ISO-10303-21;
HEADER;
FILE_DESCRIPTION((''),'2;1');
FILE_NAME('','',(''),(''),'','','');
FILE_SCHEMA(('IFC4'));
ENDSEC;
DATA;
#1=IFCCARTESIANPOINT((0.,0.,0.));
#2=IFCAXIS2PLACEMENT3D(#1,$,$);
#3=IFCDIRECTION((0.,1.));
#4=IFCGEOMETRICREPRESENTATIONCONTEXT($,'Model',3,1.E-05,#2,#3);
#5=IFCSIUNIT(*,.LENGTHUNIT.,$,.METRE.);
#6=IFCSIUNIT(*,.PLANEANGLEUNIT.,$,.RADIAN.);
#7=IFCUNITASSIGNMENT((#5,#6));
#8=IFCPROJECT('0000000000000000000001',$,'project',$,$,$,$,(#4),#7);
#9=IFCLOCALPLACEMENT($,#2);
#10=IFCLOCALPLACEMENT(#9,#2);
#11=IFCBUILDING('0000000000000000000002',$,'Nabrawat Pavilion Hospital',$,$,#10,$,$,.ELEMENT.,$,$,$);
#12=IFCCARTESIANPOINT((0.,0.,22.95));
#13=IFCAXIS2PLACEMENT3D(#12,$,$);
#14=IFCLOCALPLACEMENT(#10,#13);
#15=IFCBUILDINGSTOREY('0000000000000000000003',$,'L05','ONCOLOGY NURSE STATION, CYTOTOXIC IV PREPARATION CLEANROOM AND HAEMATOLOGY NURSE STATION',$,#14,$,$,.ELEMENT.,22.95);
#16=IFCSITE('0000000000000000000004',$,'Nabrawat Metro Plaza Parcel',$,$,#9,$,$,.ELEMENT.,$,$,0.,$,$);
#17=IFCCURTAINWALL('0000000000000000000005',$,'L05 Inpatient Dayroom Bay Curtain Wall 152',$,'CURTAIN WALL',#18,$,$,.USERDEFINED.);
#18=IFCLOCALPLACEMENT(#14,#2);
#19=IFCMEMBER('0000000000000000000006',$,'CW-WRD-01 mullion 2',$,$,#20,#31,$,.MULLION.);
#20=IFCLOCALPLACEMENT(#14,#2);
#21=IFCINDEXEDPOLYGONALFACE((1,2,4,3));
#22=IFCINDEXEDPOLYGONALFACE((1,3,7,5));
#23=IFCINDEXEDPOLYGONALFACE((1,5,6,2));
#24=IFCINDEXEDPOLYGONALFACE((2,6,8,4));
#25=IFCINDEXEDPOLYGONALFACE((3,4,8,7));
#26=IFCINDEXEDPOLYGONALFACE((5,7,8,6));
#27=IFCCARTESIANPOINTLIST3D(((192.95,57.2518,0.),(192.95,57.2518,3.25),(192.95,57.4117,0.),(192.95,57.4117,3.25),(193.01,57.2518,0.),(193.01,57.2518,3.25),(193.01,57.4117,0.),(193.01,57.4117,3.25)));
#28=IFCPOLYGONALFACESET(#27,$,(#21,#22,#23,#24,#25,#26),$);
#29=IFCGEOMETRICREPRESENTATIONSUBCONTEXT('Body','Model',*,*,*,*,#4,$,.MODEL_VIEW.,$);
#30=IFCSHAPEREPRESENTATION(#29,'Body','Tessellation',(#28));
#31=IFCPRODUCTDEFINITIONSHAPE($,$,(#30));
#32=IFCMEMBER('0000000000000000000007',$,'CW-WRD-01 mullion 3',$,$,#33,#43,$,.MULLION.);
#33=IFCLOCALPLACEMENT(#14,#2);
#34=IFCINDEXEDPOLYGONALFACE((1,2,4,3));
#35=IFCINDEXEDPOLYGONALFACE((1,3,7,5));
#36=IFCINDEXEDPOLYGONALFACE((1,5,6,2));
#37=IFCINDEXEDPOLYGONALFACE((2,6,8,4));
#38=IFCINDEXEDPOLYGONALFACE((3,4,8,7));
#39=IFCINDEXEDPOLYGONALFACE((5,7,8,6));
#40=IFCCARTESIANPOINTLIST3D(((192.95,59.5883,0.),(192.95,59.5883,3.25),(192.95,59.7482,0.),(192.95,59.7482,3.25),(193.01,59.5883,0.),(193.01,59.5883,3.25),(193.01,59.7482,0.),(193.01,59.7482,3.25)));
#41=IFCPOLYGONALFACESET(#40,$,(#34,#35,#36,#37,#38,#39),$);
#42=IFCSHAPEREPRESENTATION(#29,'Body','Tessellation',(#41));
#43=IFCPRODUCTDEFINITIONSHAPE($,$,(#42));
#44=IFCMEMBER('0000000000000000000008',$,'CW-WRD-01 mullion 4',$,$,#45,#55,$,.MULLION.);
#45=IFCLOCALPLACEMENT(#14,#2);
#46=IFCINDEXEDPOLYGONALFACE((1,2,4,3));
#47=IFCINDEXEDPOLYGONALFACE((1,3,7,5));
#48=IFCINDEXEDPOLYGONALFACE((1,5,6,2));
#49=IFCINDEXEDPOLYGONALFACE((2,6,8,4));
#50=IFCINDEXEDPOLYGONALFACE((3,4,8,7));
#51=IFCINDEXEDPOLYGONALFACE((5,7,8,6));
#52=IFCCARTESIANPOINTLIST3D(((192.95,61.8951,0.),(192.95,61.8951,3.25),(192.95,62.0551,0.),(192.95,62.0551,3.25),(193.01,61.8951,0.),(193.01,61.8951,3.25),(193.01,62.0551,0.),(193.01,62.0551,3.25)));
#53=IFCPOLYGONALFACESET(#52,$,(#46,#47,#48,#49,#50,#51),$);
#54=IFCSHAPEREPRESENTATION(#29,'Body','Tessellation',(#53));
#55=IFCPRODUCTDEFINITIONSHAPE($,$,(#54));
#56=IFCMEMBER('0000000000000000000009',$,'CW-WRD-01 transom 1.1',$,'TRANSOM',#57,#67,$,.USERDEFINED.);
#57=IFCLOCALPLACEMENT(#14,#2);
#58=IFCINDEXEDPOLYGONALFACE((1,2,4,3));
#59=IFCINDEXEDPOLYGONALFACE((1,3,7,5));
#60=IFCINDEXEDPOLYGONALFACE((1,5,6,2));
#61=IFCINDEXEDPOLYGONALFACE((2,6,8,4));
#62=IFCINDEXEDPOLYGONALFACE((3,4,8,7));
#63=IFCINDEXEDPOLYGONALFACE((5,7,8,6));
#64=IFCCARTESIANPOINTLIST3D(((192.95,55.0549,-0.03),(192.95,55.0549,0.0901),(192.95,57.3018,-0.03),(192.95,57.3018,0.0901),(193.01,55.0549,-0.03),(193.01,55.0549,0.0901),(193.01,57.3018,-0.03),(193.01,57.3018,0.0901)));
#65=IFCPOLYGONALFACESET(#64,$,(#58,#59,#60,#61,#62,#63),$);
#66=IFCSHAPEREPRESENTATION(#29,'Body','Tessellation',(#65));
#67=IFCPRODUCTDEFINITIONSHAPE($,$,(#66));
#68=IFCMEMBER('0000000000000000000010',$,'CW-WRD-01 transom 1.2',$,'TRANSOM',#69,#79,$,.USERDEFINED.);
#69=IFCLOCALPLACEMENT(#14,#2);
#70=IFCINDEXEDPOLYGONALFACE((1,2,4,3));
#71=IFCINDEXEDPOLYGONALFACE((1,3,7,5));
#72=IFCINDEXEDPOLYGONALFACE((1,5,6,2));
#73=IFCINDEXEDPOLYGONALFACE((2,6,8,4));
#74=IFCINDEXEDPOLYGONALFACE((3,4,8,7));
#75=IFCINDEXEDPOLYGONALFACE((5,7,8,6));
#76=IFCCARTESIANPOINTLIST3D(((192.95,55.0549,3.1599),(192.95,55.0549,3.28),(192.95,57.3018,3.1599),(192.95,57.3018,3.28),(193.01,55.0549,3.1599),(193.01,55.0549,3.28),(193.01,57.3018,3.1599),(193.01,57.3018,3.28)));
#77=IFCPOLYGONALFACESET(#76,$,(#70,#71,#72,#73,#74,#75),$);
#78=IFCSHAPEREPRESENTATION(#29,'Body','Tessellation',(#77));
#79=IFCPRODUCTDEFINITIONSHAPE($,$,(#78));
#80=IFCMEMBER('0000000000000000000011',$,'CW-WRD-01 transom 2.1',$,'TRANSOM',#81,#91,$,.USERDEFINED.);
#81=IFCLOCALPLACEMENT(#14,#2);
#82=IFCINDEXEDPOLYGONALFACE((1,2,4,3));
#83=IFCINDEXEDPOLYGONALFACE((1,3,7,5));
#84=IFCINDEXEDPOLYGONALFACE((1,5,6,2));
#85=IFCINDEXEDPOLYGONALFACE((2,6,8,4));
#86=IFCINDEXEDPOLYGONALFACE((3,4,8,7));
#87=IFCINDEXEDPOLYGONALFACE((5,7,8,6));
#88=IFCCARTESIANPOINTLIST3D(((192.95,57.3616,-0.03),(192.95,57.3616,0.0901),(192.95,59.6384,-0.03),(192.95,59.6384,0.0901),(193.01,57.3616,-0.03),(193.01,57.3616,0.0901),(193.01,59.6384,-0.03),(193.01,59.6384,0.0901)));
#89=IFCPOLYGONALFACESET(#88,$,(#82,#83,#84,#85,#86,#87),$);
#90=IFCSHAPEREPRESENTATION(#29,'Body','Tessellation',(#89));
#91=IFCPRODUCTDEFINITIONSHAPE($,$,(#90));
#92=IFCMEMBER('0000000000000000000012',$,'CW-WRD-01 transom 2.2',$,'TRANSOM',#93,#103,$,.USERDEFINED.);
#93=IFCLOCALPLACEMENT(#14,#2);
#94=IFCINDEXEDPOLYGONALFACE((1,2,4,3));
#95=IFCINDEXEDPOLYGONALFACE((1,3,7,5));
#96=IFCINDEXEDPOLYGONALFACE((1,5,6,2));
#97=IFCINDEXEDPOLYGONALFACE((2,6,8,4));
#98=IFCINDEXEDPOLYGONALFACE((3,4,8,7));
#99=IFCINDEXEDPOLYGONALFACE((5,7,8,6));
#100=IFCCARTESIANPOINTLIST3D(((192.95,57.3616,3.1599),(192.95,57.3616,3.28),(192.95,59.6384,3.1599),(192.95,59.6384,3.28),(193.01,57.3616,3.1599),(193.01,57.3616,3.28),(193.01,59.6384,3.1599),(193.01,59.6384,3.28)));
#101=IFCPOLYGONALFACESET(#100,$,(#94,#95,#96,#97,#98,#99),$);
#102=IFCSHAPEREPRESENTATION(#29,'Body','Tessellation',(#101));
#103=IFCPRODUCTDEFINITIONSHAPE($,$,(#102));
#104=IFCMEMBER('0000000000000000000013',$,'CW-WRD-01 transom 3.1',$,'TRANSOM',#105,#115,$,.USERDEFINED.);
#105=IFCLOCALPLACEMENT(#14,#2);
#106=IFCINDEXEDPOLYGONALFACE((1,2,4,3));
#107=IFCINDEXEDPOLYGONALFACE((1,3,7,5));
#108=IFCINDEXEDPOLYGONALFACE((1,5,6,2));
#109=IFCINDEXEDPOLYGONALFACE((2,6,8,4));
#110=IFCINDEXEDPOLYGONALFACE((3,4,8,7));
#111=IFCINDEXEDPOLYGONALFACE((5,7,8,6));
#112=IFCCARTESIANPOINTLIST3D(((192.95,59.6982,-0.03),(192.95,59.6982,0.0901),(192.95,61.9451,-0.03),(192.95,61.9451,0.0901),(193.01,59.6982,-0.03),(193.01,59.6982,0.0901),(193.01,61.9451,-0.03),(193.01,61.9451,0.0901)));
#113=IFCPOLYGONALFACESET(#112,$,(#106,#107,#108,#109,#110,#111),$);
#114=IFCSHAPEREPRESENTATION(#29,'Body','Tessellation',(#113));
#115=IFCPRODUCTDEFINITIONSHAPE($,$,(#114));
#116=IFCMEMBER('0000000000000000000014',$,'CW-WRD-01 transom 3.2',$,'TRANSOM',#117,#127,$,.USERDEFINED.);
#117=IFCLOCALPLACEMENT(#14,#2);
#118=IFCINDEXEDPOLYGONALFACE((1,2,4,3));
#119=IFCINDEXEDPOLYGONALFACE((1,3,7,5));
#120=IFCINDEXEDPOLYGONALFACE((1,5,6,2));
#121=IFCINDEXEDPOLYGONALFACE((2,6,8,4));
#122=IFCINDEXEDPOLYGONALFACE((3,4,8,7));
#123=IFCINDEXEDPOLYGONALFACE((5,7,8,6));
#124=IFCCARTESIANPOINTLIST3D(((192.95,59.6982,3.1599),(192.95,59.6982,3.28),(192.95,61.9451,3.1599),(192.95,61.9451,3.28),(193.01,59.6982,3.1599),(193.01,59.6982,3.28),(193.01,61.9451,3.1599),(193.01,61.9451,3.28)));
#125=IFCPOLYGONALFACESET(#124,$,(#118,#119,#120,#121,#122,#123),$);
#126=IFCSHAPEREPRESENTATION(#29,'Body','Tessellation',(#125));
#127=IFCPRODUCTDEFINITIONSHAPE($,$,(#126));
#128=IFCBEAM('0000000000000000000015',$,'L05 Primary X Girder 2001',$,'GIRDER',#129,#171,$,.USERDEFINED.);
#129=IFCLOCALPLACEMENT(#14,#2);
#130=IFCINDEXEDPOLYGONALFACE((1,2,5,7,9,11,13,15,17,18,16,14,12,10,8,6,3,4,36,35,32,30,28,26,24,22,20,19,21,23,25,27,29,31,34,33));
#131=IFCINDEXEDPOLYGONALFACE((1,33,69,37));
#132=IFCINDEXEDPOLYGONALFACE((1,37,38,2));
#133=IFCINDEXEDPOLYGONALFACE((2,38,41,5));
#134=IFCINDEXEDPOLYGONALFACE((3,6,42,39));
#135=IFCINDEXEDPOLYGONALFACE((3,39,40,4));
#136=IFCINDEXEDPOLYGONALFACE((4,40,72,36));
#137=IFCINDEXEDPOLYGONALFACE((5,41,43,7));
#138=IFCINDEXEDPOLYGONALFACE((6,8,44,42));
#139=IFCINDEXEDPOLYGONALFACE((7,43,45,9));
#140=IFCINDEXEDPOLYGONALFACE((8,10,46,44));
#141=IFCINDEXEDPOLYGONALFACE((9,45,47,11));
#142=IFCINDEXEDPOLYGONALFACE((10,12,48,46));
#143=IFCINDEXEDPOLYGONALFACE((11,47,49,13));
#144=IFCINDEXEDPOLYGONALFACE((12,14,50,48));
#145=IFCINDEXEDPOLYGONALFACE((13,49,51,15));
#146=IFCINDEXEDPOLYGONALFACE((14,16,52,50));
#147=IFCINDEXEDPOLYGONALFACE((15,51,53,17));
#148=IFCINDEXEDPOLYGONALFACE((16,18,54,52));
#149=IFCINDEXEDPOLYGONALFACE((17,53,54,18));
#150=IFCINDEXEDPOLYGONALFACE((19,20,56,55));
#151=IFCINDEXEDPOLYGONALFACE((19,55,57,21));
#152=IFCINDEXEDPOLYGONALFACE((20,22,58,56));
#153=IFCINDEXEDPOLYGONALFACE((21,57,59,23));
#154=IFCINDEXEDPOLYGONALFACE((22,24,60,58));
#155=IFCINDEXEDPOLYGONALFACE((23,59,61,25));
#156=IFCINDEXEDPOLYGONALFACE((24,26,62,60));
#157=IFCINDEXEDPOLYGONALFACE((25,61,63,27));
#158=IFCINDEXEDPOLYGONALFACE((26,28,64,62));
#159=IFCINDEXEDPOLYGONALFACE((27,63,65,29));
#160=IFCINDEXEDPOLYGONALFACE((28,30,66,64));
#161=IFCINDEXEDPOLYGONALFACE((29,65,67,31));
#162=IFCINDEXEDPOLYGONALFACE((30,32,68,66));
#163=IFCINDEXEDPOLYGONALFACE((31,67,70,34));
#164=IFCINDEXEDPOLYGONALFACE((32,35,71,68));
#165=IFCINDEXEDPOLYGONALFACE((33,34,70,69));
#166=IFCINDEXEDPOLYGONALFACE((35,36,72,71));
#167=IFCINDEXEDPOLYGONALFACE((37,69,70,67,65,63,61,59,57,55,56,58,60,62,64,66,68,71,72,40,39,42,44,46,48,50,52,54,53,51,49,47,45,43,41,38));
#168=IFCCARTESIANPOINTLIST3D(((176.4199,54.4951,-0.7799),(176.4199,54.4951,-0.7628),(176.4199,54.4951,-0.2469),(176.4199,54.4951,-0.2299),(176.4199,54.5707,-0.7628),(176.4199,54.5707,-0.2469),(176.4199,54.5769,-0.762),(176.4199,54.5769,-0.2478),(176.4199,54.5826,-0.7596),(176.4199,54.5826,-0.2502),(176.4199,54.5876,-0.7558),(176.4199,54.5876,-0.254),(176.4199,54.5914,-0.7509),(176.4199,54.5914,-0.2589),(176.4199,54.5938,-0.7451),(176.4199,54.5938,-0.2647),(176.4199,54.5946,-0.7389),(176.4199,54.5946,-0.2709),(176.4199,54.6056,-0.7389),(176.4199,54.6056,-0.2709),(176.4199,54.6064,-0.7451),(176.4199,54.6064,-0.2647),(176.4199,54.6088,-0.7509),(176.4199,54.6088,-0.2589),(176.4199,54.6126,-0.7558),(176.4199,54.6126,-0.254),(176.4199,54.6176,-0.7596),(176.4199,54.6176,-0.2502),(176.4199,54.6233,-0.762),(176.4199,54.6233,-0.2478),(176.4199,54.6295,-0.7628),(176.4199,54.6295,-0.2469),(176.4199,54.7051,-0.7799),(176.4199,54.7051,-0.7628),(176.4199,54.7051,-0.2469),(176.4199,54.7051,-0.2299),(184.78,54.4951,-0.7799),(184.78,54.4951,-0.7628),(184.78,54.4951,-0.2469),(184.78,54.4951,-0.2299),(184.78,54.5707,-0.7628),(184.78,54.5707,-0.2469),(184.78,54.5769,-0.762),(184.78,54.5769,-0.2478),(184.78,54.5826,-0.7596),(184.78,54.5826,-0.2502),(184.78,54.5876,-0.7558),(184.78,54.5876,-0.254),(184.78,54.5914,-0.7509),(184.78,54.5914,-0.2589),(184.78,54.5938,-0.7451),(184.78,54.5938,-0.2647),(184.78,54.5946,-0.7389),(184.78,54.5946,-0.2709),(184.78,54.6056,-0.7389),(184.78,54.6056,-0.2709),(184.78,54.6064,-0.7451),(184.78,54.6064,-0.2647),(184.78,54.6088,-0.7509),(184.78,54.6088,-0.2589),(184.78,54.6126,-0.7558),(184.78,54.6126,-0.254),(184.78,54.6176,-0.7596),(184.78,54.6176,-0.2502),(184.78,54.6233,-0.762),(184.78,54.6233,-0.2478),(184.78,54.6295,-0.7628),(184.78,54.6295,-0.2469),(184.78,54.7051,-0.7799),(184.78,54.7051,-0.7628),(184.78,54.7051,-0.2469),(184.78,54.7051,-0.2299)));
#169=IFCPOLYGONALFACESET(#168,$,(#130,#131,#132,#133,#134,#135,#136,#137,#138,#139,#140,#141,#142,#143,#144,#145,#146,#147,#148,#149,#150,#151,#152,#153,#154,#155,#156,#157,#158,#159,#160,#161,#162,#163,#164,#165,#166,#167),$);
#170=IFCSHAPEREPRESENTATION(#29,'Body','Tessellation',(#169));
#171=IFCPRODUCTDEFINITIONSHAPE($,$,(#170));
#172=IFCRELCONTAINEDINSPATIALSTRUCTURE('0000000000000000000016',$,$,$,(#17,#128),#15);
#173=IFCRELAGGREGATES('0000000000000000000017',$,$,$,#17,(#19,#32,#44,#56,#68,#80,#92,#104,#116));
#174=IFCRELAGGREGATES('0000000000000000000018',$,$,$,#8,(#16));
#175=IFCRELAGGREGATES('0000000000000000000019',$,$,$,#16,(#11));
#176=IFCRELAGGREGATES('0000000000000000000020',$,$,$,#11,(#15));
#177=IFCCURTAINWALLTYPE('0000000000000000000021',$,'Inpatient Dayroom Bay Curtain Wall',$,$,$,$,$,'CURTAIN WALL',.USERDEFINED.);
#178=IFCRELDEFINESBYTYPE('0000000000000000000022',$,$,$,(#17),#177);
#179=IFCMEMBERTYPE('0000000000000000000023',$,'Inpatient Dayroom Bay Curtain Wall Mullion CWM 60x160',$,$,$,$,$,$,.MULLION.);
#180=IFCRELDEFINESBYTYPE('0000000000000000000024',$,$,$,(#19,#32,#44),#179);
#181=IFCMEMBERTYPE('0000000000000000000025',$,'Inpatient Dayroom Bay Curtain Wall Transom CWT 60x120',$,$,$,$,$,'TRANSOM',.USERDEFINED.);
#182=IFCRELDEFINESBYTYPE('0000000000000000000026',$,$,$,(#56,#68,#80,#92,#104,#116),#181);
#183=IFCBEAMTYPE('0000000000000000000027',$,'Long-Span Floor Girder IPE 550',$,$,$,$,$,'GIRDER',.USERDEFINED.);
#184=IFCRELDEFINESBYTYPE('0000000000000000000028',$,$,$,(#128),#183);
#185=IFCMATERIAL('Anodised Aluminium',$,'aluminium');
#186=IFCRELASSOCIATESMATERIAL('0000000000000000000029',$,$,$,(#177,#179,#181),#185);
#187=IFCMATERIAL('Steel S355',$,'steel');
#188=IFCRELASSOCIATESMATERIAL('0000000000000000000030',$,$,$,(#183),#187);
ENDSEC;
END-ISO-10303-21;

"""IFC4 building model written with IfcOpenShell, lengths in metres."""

from ifc_helpers import new_model, si_unit, direction, frame, origin, origin_2d, place, context, subcontext, project, spatial, rectangle, i_section, extrude, material, material_profile, profile_set, type_object, element, aggregate, save


model = new_model("IFC4")

# Units and contexts
model_context = context("Model", 3, precision=1e-05, world=origin(), true_north=direction((0.0, 1.0)))
body_context = subcontext(model_context, "Body", "Model", "MODEL_VIEW")
ifc_project = project(units=[si_unit("LENGTHUNIT", "METRE"), si_unit("PLANEANGLEUNIT", "RADIAN")], contexts=[model_context])

# Site, building, storey
site_placement = place(None, origin())
site = spatial("IfcSite", under=ifc_project, at=site_placement, Name="Nabrawat Metro Plaza Parcel", CompositionType="ELEMENT", RefElevation=0.0)
building_placement = place(site_placement, origin())
building = spatial("IfcBuilding", under=site, at=building_placement, Name="Nabrawat Pavilion Hospital", CompositionType="ELEMENT")
storey_placement = place(building_placement, frame((0.0, 0.0, 22.95)))
storey = spatial("IfcBuildingStorey", under=building, at=storey_placement, Name="L05", Description="ONCOLOGY NURSE STATION, CYTOTOXIC IV PREPARATION CLEANROOM AND HAEMATOLOGY NURSE STATION", CompositionType="ELEMENT", Elevation=22.95)

# Shared definitions
ifc_material_1 = material(Name="Steel S355", Category="steel")

# Curtain wall, members
ifc_material_2 = material(Name="Anodised Aluminium", Category="aluminium")
curtain_wall_type = type_object("IfcCurtainWallType", Name="Inpatient Dayroom Bay Curtain Wall", ElementType="CURTAIN WALL", PredefinedType="USERDEFINED", material=ifc_material_2)
curtain_wall_placement = place(storey_placement, origin())
curtain_wall = element("IfcCurtainWall", 1, at=curtain_wall_placement, inside=storey, type_object=curtain_wall_type, Name="L05 Inpatient Dayroom Bay Curtain Wall 152", ObjectType="CURTAIN WALL", PredefinedType="USERDEFINED")
ifc_material_profile_1 = material_profile(ifc_material_2, rectangle(XDim=0.0601, YDim=0.1599, at=origin_2d()), Name="CWM 60x160")
ifc_profile_set_1 = profile_set([ifc_material_profile_1], Name="Anodised Aluminium")
member_type_1 = type_object("IfcMemberType", Name="Inpatient Dayroom Bay Curtain Wall Mullion CWM 60x160", PredefinedType="MULLION", material=ifc_profile_set_1)
member_1_placement = place(storey_placement, frame((192.98, 57.3318, 0.0), z_axis=(0.0, 0.0, 1.0), x_axis=(-1.0, 0.0, 0.0)))
member_1 = element("IfcMember", 2, at=member_1_placement, type_object=member_type_1, Name="CW-WRD-01 mullion 2", PredefinedType="MULLION", context=body_context, shape_type="SweptSolid", body=[
    extrude(rectangle(XDim=0.0601, YDim=0.1599, at=origin_2d()), origin(), (0.0, 0.0, 1.0), 3.25),
])
member_2_placement = place(storey_placement, frame((192.98, 59.6682, 0.0), z_axis=(0.0, 0.0, 1.0), x_axis=(-1.0, 0.0, 0.0)))
member_2 = element("IfcMember", 3, at=member_2_placement, type_object=member_type_1, Name="CW-WRD-01 mullion 3", PredefinedType="MULLION", context=body_context, shape_type="SweptSolid", body=[
    extrude(rectangle(XDim=0.0601, YDim=0.1599, at=origin_2d()), origin(), (0.0, 0.0, 1.0), 3.25),
])
member_3_placement = place(storey_placement, frame((192.98, 61.9751, 0.0), z_axis=(0.0, 0.0, 1.0), x_axis=(-1.0, 0.0, 0.0)))
member_3 = element("IfcMember", 4, at=member_3_placement, type_object=member_type_1, Name="CW-WRD-01 mullion 4", PredefinedType="MULLION", context=body_context, shape_type="SweptSolid", body=[
    extrude(rectangle(XDim=0.0601, YDim=0.1599, at=origin_2d()), origin(), (0.0, 0.0, 1.0), 3.25),
])
ifc_material_profile_2 = material_profile(ifc_material_2, rectangle(XDim=0.0601, YDim=0.1201, at=origin_2d()), Name="CWT 60x120")
ifc_profile_set_2 = profile_set([ifc_material_profile_2], Name="Anodised Aluminium")
member_type_2 = type_object("IfcMemberType", Name="Inpatient Dayroom Bay Curtain Wall Transom CWT 60x120", ElementType="TRANSOM", PredefinedType="USERDEFINED", material=ifc_profile_set_2)
member_4_placement = place(storey_placement, frame((192.98, 55.0549, 0.03), z_axis=(0.0, 1.0, 0.0), x_axis=(-1.0, 0.0, 0.0)))
member_4 = element("IfcMember", 5, at=member_4_placement, type_object=member_type_2, Name="CW-WRD-01 transom 1.1", ObjectType="TRANSOM", PredefinedType="USERDEFINED", context=body_context, shape_type="SweptSolid", body=[
    extrude(rectangle(XDim=0.0601, YDim=0.1201, at=origin_2d()), origin(), (0.0, 0.0, 1.0), 2.2468),
])
member_5_placement = place(storey_placement, frame((192.98, 55.0549, 3.22), z_axis=(0.0, 1.0, 0.0), x_axis=(-1.0, 0.0, 0.0)))
member_5 = element("IfcMember", 6, at=member_5_placement, type_object=member_type_2, Name="CW-WRD-01 transom 1.2", ObjectType="TRANSOM", PredefinedType="USERDEFINED", context=body_context, shape_type="SweptSolid", body=[
    extrude(rectangle(XDim=0.0601, YDim=0.1201, at=origin_2d()), origin(), (0.0, 0.0, 1.0), 2.2468),
])
member_6_placement = place(storey_placement, frame((192.98, 57.3616, 0.03), z_axis=(0.0, 1.0, 0.0), x_axis=(-1.0, 0.0, 0.0)))
member_6 = element("IfcMember", 7, at=member_6_placement, type_object=member_type_2, Name="CW-WRD-01 transom 2.1", ObjectType="TRANSOM", PredefinedType="USERDEFINED", context=body_context, shape_type="SweptSolid", body=[
    extrude(rectangle(XDim=0.0601, YDim=0.1201, at=origin_2d()), origin(), (0.0, 0.0, 1.0), 2.2769),
])
member_7_placement = place(storey_placement, frame((192.98, 57.3616, 3.22), z_axis=(0.0, 1.0, 0.0), x_axis=(-1.0, 0.0, 0.0)))
member_7 = element("IfcMember", 8, at=member_7_placement, type_object=member_type_2, Name="CW-WRD-01 transom 2.2", ObjectType="TRANSOM", PredefinedType="USERDEFINED", context=body_context, shape_type="SweptSolid", body=[
    extrude(rectangle(XDim=0.0601, YDim=0.1201, at=origin_2d()), origin(), (0.0, 0.0, 1.0), 2.2769),
])
member_8_placement = place(storey_placement, frame((192.98, 59.6982, 0.03), z_axis=(0.0, 1.0, 0.0), x_axis=(-1.0, 0.0, 0.0)))
member_8 = element("IfcMember", 9, at=member_8_placement, type_object=member_type_2, Name="CW-WRD-01 transom 3.1", ObjectType="TRANSOM", PredefinedType="USERDEFINED", context=body_context, shape_type="SweptSolid", body=[
    extrude(rectangle(XDim=0.0601, YDim=0.1201, at=origin_2d()), origin(), (0.0, 0.0, 1.0), 2.2468),
])
member_9_placement = place(storey_placement, frame((192.98, 59.6982, 3.22), z_axis=(0.0, 1.0, 0.0), x_axis=(-1.0, 0.0, 0.0)))
member_9 = element("IfcMember", 10, at=member_9_placement, type_object=member_type_2, Name="CW-WRD-01 transom 3.2", ObjectType="TRANSOM", PredefinedType="USERDEFINED", context=body_context, shape_type="SweptSolid", body=[
    extrude(rectangle(XDim=0.0601, YDim=0.1201, at=origin_2d()), origin(), (0.0, 0.0, 1.0), 2.2468),
])

# Beam
ifc_material_profile_3 = material_profile(ifc_material_1, i_section(OverallWidth=0.21, OverallDepth=0.55, WebThickness=0.011, FlangeThickness=0.0171, FilletRadius=0.0239, at=origin_2d()), Name="IPE 550")
ifc_profile_set_3 = profile_set([ifc_material_profile_3], Name="Steel S355")
beam_type_1 = type_object("IfcBeamType", Name="Long-Span Floor Girder IPE 550", ElementType="GIRDER", PredefinedType="USERDEFINED", material=ifc_profile_set_3)
beam_1_placement = place(storey_placement, frame((176.4199, 54.6001, -0.5049), z_axis=(1.0, 0.0, 0.0), x_axis=(0.0, 1.0, 0.0)))
element("IfcBeam", 11, at=beam_1_placement, inside=storey, type_object=beam_type_1, Name="L05 Primary X Girder 2001", ObjectType="GIRDER", PredefinedType="USERDEFINED", context=body_context, shape_type="SweptSolid", body=[
    extrude(i_section(OverallWidth=0.21, OverallDepth=0.55, WebThickness=0.011, FlangeThickness=0.0171, FilletRadius=0.0239, at=origin_2d()), origin(), (0.0, 0.0, 1.0), 8.3601),
])

aggregate(curtain_wall, [member_1, member_2, member_3, member_4, member_5, member_6, member_7, member_8, member_9])

save(model, "model.ifc")
